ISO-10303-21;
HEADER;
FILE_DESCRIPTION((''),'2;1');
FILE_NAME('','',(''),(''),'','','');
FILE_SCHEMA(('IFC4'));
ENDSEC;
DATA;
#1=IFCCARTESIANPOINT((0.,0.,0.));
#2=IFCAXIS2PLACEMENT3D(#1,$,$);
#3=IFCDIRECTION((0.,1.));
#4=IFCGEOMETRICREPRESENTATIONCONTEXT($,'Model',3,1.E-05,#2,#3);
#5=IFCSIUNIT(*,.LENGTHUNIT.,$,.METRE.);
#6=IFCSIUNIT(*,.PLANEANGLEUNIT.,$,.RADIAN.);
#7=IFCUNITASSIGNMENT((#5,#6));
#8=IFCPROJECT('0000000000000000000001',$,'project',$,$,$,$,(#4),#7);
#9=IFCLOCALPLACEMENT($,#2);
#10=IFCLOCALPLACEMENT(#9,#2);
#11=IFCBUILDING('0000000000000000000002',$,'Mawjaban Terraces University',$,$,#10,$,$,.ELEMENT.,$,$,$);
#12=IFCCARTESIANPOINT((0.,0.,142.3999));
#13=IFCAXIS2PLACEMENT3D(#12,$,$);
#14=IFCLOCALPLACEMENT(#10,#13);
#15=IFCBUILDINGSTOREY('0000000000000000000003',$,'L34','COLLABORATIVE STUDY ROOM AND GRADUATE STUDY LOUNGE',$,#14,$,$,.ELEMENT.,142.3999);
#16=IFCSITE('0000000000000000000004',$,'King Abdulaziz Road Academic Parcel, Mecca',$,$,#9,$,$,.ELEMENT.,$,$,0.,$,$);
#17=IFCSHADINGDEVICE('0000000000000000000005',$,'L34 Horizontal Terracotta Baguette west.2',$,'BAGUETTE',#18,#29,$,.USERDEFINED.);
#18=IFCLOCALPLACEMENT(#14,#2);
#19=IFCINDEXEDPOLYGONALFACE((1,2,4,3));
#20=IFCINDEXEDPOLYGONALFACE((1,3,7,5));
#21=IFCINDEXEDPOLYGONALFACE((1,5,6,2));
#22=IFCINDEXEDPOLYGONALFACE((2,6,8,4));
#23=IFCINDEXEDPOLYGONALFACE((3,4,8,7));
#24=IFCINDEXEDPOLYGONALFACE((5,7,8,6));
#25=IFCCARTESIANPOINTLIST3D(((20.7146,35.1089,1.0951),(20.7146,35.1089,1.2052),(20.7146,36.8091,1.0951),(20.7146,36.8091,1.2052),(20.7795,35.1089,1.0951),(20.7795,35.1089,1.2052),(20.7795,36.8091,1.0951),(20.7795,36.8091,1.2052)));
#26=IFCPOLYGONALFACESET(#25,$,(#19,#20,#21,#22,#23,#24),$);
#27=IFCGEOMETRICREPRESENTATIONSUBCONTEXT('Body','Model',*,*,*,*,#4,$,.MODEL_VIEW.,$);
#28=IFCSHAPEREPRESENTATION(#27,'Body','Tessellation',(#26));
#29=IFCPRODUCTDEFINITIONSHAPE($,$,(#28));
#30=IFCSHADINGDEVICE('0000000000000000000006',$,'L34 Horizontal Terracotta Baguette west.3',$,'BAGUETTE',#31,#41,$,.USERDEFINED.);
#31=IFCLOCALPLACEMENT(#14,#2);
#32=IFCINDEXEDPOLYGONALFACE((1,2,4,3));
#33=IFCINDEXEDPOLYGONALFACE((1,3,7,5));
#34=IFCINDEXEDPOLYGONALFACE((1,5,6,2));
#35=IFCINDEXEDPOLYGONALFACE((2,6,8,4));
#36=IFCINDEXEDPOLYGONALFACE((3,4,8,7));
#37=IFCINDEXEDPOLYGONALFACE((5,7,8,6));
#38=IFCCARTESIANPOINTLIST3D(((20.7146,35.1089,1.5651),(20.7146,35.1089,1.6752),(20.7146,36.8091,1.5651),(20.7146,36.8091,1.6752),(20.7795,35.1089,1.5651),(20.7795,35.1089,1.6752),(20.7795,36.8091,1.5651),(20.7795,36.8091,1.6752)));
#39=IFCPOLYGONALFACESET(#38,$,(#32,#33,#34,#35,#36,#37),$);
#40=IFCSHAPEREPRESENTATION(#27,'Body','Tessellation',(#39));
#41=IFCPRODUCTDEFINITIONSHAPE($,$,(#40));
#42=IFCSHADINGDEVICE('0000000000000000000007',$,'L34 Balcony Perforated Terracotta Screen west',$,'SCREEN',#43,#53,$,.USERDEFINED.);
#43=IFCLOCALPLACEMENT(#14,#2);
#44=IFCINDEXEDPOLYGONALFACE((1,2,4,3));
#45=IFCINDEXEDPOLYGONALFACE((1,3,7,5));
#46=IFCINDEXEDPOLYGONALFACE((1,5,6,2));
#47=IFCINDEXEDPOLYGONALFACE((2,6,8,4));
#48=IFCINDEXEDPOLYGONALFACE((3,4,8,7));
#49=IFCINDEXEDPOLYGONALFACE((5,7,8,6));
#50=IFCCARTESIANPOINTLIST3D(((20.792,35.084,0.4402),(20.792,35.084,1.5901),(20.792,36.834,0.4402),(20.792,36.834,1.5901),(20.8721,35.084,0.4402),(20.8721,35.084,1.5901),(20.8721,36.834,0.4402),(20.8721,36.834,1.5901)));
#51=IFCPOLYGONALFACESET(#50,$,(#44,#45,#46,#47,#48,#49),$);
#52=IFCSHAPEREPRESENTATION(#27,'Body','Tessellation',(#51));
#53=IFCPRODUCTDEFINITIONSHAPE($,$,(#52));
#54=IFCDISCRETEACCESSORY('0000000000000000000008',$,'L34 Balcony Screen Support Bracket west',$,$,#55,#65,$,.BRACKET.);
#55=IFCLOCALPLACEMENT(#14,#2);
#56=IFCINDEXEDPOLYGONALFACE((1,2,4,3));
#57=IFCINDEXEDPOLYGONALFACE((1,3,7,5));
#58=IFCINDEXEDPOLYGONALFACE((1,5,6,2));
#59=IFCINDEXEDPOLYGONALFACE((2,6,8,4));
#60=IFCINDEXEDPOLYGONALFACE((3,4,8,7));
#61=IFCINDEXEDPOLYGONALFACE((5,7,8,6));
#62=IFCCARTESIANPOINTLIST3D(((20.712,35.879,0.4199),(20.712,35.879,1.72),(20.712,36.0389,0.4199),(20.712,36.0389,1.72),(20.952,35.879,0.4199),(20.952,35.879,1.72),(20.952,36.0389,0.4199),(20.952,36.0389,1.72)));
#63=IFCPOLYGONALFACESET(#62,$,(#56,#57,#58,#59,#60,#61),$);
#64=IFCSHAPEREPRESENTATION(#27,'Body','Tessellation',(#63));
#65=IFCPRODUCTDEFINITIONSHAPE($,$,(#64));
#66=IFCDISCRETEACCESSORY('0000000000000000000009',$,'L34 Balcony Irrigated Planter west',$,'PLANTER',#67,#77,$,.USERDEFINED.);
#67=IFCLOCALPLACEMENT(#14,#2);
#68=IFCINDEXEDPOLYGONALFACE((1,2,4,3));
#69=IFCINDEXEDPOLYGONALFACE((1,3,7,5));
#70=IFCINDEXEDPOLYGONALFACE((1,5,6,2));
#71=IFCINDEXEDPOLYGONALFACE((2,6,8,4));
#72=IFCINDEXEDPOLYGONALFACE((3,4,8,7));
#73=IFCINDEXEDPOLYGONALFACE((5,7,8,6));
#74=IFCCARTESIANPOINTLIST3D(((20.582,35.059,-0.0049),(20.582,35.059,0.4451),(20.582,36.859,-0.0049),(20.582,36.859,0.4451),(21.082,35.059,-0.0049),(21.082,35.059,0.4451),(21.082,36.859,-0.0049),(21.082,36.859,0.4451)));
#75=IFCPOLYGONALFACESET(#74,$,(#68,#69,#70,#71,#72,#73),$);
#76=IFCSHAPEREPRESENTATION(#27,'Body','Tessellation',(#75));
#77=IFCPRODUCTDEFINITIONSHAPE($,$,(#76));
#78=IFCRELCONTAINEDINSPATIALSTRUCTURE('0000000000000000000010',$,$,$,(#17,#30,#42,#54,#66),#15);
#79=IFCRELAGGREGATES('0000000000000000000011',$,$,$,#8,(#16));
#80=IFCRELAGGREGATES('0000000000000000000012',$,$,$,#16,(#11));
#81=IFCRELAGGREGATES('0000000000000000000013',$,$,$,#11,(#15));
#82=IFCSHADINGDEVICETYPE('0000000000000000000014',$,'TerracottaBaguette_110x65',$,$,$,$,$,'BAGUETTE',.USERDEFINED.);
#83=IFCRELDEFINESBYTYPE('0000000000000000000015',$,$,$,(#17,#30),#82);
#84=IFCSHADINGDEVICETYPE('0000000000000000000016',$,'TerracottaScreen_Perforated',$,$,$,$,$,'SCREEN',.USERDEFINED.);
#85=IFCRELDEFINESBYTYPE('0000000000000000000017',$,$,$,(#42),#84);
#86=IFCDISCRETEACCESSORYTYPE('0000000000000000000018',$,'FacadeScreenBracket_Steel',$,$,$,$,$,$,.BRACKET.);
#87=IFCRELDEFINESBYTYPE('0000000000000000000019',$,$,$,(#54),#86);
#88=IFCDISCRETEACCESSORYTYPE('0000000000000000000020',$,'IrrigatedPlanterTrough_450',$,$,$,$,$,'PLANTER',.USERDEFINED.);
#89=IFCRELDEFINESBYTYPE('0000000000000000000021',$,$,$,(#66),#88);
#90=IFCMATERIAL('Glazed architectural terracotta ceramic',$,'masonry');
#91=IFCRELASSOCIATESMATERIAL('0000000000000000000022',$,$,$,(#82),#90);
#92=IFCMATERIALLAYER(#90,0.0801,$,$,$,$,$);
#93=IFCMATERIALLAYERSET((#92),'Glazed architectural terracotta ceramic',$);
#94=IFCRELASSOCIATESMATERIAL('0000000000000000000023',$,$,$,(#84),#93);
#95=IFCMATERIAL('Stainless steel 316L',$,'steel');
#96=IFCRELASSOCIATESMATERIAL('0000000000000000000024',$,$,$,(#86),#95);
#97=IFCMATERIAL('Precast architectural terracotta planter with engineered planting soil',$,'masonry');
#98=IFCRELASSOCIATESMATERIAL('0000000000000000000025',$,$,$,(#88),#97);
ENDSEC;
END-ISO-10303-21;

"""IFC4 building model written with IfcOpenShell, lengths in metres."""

from ifc_helpers import new_model, si_unit, direction, frame, origin, origin_2d, place, context, subcontext, project, spatial, rectangle, extrude, material, layer, layer_set, material_profile, profile_set, type_object, element, save


model = new_model("IFC4")

# Units and contexts
model_context = context("Model", 3, precision=1e-05, world=origin(), true_north=direction((0.0, 1.0)))
body_context = subcontext(model_context, "Body", "Model", "MODEL_VIEW")
ifc_project = project(units=[si_unit("LENGTHUNIT", "METRE"), si_unit("PLANEANGLEUNIT", "RADIAN")], contexts=[model_context])

# Site, building, storey
site_placement = place(None, origin())
site = spatial("IfcSite", under=ifc_project, at=site_placement, Name="King Abdulaziz Road Academic Parcel, Mecca", CompositionType="ELEMENT", RefElevation=0.0)
building_placement = place(site_placement, origin())
building = spatial("IfcBuilding", under=site, at=building_placement, Name="Mawjaban Terraces University", CompositionType="ELEMENT")
storey_placement = place(building_placement, frame((0.0, 0.0, 142.3999)))
storey = spatial("IfcBuildingStorey", under=building, at=storey_placement, Name="L34", Description="COLLABORATIVE STUDY ROOM AND GRADUATE STUDY LOUNGE", CompositionType="ELEMENT", Elevation=142.3999)

# Shading devices
ifc_material_1 = material(Name="Glazed architectural terracotta ceramic", Category="masonry")
ifc_material_profile_1 = material_profile(ifc_material_1, rectangle(XDim=0.0649, YDim=0.1101, at=origin_2d()), Name="TBAG110X65")
ifc_profile_set_1 = profile_set([ifc_material_profile_1], Name="Glazed architectural terracotta ceramic")
shading_device_type_1 = type_object("IfcShadingDeviceType", Name="TerracottaBaguette_110x65", ElementType="BAGUETTE", PredefinedType="USERDEFINED", material=ifc_profile_set_1)
for number, where, z_axis, x_axis, name in (
    (1, (20.7471, 35.1089, 1.1501), (0.0, 1.0, 0.0), (-1.0, 0.0, 0.0), "L34 Horizontal Terracotta Baguette west.2"),
    (2, (20.7471, 35.1089, 1.6201), (0.0, 1.0, 0.0), (-1.0, 0.0, 0.0), "L34 Horizontal Terracotta Baguette west.3"),
):
    element("IfcShadingDevice", number, at=place(storey_placement, frame(where, z_axis=z_axis, x_axis=x_axis)), inside=storey, type_object=shading_device_type_1, Name=name, ObjectType="BAGUETTE", PredefinedType="USERDEFINED", context=body_context, shape_type="SweptSolid", body=[
        extrude(rectangle(XDim=0.0649, YDim=0.1101, at=origin_2d()), origin(), (0.0, 0.0, 1.0), 1.7002),
    ])
ifc_layer_1 = layer(ifc_material_1, 0.0801)
ifc_layer_set_1 = layer_set([ifc_layer_1], Name="Glazed architectural terracotta ceramic")
shading_device_type_2 = type_object("IfcShadingDeviceType", Name="TerracottaScreen_Perforated", ElementType="SCREEN", PredefinedType="USERDEFINED", material=ifc_layer_set_1)
shading_device_placement = place(storey_placement, frame((20.832, 35.959, 0.4402), z_axis=(0.0, 0.0, 1.0), x_axis=(0.0, 1.0, 0.0)))
element("IfcShadingDevice", 3, at=shading_device_placement, inside=storey, type_object=shading_device_type_2, Name="L34 Balcony Perforated Terracotta Screen west", ObjectType="SCREEN", PredefinedType="USERDEFINED", context=body_context, shape_type="SweptSolid", body=[
    extrude(rectangle(XDim=1.75, YDim=0.0801, at=origin_2d()), origin(), (0.0, 0.0, 1.0), 1.1499),
])

# Discrete accessories
ifc_material_2 = material(Name="Stainless steel 316L", Category="steel")
discrete_accessory_type_1 = type_object("IfcDiscreteAccessoryType", Name="FacadeScreenBracket_Steel", PredefinedType="BRACKET", material=ifc_material_2)
discrete_accessory_1_placement = place(storey_placement, frame((20.832, 35.959, 0.4199), z_axis=(0.0, 0.0, 1.0), x_axis=(0.0, 1.0, 0.0)))
element("IfcDiscreteAccessory", 4, at=discrete_accessory_1_placement, inside=storey, type_object=discrete_accessory_type_1, Name="L34 Balcony Screen Support Bracket west", PredefinedType="BRACKET", context=body_context, shape_type="SweptSolid", body=[
    extrude(rectangle(XDim=0.1599, YDim=0.24, at=origin_2d()), origin(), (0.0, 0.0, 1.0), 1.3),
])
ifc_material_3 = material(Name="Precast architectural terracotta planter with engineered planting soil", Category="masonry")
discrete_accessory_type_2 = type_object("IfcDiscreteAccessoryType", Name="IrrigatedPlanterTrough_450", ElementType="PLANTER", PredefinedType="USERDEFINED", material=ifc_material_3)
discrete_accessory_2_placement = place(storey_placement, frame((20.832, 35.959, -0.0049), z_axis=(0.0, 0.0, 1.0), x_axis=(0.0, 1.0, 0.0)))
element("IfcDiscreteAccessory", 5, at=discrete_accessory_2_placement, inside=storey, type_object=discrete_accessory_type_2, Name="L34 Balcony Irrigated Planter west", ObjectType="PLANTER", PredefinedType="USERDEFINED", context=body_context, shape_type="SweptSolid", body=[
    extrude(rectangle(XDim=1.8, YDim=0.5, at=origin_2d()), origin(), (0.0, 0.0, 1.0), 0.45),
])

save(model, "model.ifc")
